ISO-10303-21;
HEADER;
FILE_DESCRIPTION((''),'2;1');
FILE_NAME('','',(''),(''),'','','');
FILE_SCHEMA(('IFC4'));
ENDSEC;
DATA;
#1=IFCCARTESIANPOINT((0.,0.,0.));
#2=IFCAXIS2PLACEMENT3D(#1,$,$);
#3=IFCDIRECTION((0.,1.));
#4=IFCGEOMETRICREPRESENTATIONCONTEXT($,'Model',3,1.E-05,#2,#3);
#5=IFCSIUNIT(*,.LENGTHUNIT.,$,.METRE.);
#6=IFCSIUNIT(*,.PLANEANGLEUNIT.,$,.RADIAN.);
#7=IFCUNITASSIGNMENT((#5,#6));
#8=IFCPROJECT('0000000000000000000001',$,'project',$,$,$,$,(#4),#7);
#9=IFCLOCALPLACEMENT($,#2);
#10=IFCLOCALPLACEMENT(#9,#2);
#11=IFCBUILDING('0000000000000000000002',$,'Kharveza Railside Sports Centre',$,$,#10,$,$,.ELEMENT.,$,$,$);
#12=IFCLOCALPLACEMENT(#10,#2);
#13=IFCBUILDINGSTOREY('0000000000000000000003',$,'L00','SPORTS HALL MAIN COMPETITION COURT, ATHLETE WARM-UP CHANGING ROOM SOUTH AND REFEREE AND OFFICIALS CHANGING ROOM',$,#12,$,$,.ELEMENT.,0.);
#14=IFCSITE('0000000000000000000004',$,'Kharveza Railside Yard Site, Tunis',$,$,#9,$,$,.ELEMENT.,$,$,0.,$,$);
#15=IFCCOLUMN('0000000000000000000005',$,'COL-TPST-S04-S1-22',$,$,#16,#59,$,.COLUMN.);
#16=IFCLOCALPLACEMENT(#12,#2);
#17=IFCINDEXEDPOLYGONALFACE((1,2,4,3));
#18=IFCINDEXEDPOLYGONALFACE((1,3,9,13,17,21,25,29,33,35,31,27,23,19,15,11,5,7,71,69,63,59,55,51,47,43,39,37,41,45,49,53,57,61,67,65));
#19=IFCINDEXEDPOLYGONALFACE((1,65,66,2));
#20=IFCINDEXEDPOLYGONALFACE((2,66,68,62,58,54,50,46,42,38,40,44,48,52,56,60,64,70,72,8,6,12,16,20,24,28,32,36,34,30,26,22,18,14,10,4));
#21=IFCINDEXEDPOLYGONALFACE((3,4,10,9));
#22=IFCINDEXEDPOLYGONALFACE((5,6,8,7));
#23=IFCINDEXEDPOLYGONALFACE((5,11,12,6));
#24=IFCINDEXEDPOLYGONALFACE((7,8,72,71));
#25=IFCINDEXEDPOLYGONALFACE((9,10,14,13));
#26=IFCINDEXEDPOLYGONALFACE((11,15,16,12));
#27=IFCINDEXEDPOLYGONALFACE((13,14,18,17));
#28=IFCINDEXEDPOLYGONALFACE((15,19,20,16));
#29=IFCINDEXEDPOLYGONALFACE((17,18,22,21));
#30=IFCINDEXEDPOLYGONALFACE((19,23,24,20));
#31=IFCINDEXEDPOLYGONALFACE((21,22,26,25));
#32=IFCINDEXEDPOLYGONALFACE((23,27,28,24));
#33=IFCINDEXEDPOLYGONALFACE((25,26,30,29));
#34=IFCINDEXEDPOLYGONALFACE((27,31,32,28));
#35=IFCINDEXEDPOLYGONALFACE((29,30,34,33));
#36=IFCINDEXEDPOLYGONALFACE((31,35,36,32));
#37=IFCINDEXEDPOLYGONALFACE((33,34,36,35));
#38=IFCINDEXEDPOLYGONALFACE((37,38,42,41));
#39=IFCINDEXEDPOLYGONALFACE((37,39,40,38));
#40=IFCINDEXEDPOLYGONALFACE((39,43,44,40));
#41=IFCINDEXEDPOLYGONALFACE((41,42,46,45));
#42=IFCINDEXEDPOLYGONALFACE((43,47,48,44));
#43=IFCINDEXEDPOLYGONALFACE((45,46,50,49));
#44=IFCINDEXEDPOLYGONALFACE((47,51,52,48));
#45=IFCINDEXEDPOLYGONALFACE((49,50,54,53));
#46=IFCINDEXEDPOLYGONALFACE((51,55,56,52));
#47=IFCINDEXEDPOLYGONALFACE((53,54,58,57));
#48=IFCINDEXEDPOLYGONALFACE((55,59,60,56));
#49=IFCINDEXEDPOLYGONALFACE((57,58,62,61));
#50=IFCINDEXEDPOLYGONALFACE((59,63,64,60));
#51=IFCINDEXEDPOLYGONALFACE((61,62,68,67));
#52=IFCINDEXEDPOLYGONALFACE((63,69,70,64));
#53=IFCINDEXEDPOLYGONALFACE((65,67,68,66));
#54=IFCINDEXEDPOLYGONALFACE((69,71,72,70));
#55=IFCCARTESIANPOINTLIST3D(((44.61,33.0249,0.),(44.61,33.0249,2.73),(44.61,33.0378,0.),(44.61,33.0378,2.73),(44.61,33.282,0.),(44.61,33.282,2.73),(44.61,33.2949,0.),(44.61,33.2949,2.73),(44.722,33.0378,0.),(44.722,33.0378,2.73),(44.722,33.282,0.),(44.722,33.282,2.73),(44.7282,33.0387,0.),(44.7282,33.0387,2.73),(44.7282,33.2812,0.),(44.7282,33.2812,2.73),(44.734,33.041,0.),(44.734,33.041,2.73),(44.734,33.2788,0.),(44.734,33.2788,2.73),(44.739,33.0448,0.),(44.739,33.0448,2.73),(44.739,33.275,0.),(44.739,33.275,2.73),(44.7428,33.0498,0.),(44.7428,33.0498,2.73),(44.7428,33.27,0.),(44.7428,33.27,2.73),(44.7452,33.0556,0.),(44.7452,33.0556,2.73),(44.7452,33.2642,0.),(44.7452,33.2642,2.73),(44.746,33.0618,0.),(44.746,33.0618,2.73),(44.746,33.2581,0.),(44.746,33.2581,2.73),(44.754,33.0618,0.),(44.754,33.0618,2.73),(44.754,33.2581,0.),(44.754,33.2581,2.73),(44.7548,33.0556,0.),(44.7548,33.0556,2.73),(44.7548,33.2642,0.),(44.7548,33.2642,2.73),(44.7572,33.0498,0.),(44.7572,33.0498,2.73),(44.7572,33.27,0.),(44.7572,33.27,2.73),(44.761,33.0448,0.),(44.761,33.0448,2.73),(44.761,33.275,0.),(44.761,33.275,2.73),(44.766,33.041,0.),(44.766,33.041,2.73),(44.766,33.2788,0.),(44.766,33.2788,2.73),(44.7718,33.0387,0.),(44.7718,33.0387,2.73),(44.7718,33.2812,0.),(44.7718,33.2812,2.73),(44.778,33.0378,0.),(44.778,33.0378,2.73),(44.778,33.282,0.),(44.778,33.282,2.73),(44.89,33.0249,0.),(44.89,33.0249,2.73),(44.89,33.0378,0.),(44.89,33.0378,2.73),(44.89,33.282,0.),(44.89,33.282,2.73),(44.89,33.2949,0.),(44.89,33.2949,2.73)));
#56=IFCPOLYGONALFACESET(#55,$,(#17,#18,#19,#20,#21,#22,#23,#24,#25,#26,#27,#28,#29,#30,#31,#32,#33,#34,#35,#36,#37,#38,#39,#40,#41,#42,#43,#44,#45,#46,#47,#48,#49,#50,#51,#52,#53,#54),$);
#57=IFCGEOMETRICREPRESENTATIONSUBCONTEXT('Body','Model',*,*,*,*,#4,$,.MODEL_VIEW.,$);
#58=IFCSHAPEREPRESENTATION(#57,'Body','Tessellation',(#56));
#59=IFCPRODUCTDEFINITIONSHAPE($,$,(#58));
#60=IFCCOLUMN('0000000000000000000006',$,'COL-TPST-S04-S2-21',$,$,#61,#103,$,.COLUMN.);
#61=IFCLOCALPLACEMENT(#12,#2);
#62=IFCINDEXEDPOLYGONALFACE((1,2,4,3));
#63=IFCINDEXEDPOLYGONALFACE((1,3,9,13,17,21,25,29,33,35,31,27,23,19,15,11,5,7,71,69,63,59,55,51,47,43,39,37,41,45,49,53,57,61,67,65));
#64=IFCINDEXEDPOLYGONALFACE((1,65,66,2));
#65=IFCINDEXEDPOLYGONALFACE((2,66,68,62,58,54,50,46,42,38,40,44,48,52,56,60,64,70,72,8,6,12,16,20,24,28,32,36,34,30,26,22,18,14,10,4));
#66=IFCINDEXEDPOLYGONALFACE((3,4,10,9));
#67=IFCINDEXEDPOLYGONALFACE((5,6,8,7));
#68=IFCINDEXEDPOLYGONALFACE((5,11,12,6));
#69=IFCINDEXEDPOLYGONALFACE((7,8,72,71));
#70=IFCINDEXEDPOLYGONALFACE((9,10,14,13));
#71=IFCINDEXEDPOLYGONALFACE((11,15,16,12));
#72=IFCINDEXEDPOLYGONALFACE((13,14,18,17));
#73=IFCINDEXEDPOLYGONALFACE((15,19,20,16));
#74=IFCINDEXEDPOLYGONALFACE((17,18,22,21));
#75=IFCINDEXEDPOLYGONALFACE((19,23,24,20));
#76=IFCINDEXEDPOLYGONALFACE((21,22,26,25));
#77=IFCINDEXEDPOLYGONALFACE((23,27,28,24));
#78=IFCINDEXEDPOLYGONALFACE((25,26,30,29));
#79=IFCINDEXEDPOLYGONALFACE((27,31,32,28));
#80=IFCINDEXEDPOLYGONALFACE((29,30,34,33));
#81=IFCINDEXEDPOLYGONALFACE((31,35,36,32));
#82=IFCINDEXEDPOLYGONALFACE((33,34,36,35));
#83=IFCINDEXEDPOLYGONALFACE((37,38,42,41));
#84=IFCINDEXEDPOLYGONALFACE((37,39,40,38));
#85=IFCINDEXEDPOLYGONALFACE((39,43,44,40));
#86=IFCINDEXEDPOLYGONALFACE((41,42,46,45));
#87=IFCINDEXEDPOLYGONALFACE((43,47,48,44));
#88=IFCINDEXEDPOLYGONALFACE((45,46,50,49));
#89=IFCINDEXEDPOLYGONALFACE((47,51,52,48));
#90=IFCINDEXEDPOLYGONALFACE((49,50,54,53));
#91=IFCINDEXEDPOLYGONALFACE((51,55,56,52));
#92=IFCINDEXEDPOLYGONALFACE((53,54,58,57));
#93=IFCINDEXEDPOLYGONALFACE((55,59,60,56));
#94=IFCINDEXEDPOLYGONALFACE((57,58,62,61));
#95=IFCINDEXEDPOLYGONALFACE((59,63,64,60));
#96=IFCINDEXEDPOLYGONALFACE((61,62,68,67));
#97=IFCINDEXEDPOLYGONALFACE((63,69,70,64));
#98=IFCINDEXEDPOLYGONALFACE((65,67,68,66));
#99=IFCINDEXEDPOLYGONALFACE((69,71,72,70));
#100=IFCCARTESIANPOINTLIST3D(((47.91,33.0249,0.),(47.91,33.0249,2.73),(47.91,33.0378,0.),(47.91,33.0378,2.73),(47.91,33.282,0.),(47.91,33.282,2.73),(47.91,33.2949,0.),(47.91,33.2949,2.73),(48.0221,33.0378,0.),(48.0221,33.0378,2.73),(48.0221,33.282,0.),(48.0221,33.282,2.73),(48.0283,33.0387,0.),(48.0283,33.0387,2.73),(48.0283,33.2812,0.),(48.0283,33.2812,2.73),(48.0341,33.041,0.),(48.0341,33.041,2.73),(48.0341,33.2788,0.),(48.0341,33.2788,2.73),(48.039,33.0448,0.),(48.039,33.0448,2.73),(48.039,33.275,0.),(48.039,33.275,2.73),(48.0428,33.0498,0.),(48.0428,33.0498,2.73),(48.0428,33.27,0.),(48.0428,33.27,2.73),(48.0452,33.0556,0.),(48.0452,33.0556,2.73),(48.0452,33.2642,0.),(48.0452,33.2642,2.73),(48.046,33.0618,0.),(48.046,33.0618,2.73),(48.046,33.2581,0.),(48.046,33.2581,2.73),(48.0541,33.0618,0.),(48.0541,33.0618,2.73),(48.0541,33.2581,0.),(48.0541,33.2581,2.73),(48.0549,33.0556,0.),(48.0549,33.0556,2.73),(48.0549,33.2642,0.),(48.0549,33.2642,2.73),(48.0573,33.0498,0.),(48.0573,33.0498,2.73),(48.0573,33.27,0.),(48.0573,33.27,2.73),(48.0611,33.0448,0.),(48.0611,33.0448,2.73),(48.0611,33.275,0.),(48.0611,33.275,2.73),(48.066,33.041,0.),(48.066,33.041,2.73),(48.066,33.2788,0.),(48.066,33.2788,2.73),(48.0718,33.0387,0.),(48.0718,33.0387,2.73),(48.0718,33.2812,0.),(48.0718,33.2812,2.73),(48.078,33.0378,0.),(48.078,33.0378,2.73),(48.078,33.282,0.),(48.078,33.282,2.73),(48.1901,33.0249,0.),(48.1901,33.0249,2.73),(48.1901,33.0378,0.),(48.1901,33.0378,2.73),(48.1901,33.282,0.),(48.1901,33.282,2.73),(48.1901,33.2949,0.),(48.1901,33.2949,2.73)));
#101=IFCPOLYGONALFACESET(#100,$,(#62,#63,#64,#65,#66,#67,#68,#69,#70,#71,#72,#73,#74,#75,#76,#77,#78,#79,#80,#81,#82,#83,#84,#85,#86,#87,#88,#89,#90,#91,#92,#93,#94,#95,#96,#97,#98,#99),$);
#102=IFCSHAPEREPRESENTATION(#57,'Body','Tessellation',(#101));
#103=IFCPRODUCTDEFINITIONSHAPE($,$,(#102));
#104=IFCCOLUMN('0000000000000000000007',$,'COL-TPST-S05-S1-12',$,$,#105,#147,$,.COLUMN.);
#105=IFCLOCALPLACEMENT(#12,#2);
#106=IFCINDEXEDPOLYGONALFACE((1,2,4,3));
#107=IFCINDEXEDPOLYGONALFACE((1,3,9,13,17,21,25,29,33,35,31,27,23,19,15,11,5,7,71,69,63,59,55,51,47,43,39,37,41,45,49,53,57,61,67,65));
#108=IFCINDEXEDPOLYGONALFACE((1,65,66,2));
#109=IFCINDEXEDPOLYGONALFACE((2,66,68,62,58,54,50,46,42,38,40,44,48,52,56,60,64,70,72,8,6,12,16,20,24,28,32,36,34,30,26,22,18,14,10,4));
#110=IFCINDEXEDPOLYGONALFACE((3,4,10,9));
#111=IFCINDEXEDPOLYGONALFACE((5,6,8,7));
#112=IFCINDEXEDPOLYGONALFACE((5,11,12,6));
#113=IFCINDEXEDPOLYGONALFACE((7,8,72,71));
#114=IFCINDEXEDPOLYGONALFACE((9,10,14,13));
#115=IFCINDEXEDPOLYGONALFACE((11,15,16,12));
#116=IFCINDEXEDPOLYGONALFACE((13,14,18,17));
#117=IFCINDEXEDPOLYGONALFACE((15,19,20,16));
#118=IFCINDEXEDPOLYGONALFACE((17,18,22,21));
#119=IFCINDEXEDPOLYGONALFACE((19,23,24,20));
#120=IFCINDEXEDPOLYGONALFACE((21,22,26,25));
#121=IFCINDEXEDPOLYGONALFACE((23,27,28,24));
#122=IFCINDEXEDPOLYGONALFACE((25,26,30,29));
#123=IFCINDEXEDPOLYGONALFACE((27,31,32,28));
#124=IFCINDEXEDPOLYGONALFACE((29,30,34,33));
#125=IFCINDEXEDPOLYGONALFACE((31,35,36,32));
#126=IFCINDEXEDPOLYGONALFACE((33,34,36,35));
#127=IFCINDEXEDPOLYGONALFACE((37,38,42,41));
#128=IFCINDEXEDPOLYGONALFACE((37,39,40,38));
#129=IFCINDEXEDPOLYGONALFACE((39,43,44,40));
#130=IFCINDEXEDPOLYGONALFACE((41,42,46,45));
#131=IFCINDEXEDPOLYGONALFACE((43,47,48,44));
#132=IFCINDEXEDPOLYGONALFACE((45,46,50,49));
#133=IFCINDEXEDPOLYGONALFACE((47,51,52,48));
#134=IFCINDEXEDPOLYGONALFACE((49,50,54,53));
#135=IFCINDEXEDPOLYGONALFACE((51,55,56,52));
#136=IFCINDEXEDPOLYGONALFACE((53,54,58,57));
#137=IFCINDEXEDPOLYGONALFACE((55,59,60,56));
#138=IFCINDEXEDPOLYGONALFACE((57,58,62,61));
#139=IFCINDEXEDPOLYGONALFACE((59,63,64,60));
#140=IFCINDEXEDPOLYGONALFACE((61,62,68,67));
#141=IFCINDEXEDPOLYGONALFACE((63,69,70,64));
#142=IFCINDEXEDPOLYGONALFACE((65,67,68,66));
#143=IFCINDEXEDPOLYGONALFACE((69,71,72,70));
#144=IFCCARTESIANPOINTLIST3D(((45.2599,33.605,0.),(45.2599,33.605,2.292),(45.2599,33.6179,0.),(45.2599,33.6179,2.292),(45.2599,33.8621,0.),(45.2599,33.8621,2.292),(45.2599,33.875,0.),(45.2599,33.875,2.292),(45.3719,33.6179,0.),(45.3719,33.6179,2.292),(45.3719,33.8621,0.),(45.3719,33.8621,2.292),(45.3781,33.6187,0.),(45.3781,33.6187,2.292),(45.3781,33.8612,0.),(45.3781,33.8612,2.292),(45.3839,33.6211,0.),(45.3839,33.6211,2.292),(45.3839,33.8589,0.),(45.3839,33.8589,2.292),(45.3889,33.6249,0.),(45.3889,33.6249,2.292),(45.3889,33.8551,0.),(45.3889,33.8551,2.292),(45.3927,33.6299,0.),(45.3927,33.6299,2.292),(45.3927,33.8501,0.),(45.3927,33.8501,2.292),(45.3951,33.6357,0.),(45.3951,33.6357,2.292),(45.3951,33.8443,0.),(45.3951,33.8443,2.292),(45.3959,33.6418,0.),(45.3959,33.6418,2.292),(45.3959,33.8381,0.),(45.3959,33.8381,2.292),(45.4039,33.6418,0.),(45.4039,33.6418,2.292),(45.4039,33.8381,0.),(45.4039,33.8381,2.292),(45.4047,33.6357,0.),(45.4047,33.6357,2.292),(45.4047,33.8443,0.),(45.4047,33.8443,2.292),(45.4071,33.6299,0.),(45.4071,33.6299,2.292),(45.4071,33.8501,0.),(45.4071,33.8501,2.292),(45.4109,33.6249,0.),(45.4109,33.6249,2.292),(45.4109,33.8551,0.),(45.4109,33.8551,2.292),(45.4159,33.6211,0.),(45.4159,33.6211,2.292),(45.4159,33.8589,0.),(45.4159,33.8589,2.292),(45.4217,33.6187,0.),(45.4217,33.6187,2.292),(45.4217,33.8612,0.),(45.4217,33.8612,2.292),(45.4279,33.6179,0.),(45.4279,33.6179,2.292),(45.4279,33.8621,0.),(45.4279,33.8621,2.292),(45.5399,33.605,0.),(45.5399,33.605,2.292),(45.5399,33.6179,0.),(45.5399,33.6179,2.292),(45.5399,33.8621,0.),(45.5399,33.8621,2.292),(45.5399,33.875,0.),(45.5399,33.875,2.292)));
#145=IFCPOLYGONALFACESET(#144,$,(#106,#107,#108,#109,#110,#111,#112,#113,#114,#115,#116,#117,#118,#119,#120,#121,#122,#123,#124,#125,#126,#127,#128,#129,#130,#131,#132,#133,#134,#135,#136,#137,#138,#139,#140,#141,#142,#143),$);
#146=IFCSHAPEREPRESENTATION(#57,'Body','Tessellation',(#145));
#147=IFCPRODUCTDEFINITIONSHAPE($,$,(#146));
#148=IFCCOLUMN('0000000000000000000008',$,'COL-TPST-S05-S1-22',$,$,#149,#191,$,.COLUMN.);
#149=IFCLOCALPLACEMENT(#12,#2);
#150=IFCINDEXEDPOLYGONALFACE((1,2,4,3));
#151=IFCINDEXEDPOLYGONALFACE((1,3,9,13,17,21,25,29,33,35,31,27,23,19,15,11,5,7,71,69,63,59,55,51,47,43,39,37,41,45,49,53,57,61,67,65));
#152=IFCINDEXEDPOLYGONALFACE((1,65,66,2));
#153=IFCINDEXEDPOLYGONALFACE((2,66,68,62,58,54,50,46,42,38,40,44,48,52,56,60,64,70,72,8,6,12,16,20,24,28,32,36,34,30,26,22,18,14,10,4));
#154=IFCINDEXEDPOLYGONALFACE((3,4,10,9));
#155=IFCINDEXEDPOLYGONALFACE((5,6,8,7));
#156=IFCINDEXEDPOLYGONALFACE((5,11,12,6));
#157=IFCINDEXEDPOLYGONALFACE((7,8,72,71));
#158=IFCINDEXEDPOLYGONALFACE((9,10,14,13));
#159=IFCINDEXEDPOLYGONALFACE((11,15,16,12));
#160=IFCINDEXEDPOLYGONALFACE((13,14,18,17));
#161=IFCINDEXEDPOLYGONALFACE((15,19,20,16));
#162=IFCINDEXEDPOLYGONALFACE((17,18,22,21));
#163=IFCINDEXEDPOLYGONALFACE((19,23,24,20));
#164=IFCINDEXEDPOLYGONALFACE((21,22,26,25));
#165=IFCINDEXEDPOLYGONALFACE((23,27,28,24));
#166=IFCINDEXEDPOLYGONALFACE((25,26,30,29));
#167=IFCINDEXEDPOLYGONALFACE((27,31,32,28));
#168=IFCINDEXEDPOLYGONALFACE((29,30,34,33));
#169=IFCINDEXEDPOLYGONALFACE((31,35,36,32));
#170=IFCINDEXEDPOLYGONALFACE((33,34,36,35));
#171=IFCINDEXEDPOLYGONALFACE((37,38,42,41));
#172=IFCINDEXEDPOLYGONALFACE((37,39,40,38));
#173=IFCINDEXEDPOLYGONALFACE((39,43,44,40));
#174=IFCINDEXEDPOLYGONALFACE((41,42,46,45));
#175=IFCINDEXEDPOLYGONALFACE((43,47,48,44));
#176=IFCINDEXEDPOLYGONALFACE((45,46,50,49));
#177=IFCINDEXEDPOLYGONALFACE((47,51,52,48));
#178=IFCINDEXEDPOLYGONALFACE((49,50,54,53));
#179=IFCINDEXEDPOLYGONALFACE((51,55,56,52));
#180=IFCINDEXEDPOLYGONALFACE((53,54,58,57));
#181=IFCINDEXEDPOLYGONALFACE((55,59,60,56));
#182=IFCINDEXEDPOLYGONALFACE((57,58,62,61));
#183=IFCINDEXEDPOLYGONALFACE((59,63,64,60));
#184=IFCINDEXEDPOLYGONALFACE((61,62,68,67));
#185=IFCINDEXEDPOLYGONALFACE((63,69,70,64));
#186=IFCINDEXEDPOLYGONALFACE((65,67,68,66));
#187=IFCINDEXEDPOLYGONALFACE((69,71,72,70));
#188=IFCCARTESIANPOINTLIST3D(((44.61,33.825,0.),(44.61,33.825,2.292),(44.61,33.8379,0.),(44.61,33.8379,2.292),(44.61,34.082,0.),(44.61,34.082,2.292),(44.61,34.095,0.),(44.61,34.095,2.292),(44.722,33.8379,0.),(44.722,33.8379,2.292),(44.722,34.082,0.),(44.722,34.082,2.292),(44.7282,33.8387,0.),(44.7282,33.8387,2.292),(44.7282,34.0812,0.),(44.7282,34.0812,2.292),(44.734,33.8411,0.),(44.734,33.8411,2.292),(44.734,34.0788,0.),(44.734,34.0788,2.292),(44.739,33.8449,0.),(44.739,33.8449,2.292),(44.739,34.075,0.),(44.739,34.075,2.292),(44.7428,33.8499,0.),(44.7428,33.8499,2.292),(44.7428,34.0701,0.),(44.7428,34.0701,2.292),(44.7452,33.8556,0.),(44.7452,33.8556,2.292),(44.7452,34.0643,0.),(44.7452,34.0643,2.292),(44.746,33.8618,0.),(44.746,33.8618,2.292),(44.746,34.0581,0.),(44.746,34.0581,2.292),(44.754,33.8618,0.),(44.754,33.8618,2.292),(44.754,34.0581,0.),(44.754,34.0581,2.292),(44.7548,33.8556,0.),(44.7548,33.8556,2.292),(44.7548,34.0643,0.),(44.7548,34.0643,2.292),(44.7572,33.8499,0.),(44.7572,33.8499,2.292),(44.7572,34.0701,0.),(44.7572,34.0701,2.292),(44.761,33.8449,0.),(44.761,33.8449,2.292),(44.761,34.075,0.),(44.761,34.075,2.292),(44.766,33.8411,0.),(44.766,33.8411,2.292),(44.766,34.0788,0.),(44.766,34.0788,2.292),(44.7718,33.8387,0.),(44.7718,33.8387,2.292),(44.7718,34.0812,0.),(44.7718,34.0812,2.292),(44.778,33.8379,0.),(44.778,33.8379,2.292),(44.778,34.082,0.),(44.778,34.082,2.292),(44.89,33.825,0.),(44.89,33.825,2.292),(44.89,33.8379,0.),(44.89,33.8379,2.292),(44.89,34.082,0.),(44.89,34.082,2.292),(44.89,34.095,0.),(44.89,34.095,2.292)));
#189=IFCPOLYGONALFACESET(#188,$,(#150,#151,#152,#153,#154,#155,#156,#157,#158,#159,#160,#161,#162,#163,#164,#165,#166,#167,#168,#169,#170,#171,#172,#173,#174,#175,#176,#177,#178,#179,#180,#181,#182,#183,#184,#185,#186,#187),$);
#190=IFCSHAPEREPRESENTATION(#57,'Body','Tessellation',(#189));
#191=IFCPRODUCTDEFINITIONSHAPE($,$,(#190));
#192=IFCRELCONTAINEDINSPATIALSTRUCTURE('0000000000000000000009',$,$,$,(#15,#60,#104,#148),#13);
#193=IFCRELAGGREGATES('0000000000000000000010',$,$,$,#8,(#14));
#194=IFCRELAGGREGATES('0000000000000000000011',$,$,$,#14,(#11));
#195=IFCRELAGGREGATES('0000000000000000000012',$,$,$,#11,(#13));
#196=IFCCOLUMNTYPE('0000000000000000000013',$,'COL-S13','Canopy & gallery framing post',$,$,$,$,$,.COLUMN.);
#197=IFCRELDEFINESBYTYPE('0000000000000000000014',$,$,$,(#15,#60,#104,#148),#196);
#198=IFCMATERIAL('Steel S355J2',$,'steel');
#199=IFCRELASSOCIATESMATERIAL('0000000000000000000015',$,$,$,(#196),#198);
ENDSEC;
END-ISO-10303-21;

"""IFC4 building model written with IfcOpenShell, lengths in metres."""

from ifc_helpers import new_model, si_unit, direction, frame, origin, origin_2d, place, context, subcontext, project, spatial, i_section, extrude, material, material_profile, profile_set, type_object, element, save


model = new_model("IFC4")

# Units and contexts
model_context = context("Model", 3, precision=1e-05, world=origin(), true_north=direction((0.0, 1.0)))
body_context = subcontext(model_context, "Body", "Model", "MODEL_VIEW")
ifc_project = project(units=[si_unit("LENGTHUNIT", "METRE"), si_unit("PLANEANGLEUNIT", "RADIAN")], contexts=[model_context])

# Site, building, storey
site_placement = place(None, origin())
site = spatial("IfcSite", under=ifc_project, at=site_placement, Name="Kharveza Railside Yard Site, Tunis", CompositionType="ELEMENT", RefElevation=0.0)
building_placement = place(site_placement, origin())
building = spatial("IfcBuilding", under=site, at=building_placement, Name="Kharveza Railside Sports Centre", CompositionType="ELEMENT")
storey_placement = place(building_placement, origin())
storey = spatial("IfcBuildingStorey", under=building, at=storey_placement, Name="L00", Description="SPORTS HALL MAIN COMPETITION COURT, ATHLETE WARM-UP CHANGING ROOM SOUTH AND REFEREE AND OFFICIALS CHANGING ROOM", CompositionType="ELEMENT", Elevation=0.0)

# Columns
ifc_material_1 = material(Name="Steel S355J2", Category="steel")
ifc_material_profile_1 = material_profile(ifc_material_1, i_section(OverallWidth=0.28, OverallDepth=0.27, WebThickness=0.0081, FlangeThickness=0.0129, FilletRadius=0.0239, at=origin_2d()), Name="HEA 280")
ifc_profile_set_1 = profile_set([ifc_material_profile_1], Name="Steel S355J2")
column_type = type_object("IfcColumnType", Name="COL-S13", Description="Canopy & gallery framing post", PredefinedType="COLUMN", material=ifc_profile_set_1)
for number, where, z_axis, x_axis, name in (
    (1, (44.75, 33.1599, 0.0), (0.0, 0.0, 1.0), (1.0, 0.0, 0.0), "COL-TPST-S04-S1-22"),
    (2, (48.05, 33.1599, 0.0), (0.0, 0.0, 1.0), (1.0, 0.0, 0.0), "COL-TPST-S04-S2-21"),
):
    element("IfcColumn", number, at=place(storey_placement, frame(where, z_axis=z_axis, x_axis=x_axis)), inside=storey, type_object=column_type, Name=name, PredefinedType="COLUMN", context=body_context, shape_type="SweptSolid", body=[
        extrude(i_section(OverallWidth=0.28, OverallDepth=0.27, WebThickness=0.0081, FlangeThickness=0.0129, FilletRadius=0.0239, at=origin_2d()), origin(), (0.0, 0.0, 1.0), 2.73),
    ])
for number, where, z_axis, x_axis, name in (
    (3, (45.3999, 33.74, 0.0), (0.0, 0.0, 1.0), (1.0, 0.0, 0.0), "COL-TPST-S05-S1-12"),
    (4, (44.75, 33.96, 0.0), (0.0, 0.0, 1.0), (1.0, 0.0, 0.0), "COL-TPST-S05-S1-22"),
):
    element("IfcColumn", number, at=place(storey_placement, frame(where, z_axis=z_axis, x_axis=x_axis)), inside=storey, type_object=column_type, Name=name, PredefinedType="COLUMN", context=body_context, shape_type="SweptSolid", body=[
        extrude(i_section(OverallWidth=0.28, OverallDepth=0.27, WebThickness=0.0081, FlangeThickness=0.0129, FilletRadius=0.0239, at=origin_2d()), origin(), (0.0, 0.0, 1.0), 2.292),
    ])

save(model, "model.ifc")
